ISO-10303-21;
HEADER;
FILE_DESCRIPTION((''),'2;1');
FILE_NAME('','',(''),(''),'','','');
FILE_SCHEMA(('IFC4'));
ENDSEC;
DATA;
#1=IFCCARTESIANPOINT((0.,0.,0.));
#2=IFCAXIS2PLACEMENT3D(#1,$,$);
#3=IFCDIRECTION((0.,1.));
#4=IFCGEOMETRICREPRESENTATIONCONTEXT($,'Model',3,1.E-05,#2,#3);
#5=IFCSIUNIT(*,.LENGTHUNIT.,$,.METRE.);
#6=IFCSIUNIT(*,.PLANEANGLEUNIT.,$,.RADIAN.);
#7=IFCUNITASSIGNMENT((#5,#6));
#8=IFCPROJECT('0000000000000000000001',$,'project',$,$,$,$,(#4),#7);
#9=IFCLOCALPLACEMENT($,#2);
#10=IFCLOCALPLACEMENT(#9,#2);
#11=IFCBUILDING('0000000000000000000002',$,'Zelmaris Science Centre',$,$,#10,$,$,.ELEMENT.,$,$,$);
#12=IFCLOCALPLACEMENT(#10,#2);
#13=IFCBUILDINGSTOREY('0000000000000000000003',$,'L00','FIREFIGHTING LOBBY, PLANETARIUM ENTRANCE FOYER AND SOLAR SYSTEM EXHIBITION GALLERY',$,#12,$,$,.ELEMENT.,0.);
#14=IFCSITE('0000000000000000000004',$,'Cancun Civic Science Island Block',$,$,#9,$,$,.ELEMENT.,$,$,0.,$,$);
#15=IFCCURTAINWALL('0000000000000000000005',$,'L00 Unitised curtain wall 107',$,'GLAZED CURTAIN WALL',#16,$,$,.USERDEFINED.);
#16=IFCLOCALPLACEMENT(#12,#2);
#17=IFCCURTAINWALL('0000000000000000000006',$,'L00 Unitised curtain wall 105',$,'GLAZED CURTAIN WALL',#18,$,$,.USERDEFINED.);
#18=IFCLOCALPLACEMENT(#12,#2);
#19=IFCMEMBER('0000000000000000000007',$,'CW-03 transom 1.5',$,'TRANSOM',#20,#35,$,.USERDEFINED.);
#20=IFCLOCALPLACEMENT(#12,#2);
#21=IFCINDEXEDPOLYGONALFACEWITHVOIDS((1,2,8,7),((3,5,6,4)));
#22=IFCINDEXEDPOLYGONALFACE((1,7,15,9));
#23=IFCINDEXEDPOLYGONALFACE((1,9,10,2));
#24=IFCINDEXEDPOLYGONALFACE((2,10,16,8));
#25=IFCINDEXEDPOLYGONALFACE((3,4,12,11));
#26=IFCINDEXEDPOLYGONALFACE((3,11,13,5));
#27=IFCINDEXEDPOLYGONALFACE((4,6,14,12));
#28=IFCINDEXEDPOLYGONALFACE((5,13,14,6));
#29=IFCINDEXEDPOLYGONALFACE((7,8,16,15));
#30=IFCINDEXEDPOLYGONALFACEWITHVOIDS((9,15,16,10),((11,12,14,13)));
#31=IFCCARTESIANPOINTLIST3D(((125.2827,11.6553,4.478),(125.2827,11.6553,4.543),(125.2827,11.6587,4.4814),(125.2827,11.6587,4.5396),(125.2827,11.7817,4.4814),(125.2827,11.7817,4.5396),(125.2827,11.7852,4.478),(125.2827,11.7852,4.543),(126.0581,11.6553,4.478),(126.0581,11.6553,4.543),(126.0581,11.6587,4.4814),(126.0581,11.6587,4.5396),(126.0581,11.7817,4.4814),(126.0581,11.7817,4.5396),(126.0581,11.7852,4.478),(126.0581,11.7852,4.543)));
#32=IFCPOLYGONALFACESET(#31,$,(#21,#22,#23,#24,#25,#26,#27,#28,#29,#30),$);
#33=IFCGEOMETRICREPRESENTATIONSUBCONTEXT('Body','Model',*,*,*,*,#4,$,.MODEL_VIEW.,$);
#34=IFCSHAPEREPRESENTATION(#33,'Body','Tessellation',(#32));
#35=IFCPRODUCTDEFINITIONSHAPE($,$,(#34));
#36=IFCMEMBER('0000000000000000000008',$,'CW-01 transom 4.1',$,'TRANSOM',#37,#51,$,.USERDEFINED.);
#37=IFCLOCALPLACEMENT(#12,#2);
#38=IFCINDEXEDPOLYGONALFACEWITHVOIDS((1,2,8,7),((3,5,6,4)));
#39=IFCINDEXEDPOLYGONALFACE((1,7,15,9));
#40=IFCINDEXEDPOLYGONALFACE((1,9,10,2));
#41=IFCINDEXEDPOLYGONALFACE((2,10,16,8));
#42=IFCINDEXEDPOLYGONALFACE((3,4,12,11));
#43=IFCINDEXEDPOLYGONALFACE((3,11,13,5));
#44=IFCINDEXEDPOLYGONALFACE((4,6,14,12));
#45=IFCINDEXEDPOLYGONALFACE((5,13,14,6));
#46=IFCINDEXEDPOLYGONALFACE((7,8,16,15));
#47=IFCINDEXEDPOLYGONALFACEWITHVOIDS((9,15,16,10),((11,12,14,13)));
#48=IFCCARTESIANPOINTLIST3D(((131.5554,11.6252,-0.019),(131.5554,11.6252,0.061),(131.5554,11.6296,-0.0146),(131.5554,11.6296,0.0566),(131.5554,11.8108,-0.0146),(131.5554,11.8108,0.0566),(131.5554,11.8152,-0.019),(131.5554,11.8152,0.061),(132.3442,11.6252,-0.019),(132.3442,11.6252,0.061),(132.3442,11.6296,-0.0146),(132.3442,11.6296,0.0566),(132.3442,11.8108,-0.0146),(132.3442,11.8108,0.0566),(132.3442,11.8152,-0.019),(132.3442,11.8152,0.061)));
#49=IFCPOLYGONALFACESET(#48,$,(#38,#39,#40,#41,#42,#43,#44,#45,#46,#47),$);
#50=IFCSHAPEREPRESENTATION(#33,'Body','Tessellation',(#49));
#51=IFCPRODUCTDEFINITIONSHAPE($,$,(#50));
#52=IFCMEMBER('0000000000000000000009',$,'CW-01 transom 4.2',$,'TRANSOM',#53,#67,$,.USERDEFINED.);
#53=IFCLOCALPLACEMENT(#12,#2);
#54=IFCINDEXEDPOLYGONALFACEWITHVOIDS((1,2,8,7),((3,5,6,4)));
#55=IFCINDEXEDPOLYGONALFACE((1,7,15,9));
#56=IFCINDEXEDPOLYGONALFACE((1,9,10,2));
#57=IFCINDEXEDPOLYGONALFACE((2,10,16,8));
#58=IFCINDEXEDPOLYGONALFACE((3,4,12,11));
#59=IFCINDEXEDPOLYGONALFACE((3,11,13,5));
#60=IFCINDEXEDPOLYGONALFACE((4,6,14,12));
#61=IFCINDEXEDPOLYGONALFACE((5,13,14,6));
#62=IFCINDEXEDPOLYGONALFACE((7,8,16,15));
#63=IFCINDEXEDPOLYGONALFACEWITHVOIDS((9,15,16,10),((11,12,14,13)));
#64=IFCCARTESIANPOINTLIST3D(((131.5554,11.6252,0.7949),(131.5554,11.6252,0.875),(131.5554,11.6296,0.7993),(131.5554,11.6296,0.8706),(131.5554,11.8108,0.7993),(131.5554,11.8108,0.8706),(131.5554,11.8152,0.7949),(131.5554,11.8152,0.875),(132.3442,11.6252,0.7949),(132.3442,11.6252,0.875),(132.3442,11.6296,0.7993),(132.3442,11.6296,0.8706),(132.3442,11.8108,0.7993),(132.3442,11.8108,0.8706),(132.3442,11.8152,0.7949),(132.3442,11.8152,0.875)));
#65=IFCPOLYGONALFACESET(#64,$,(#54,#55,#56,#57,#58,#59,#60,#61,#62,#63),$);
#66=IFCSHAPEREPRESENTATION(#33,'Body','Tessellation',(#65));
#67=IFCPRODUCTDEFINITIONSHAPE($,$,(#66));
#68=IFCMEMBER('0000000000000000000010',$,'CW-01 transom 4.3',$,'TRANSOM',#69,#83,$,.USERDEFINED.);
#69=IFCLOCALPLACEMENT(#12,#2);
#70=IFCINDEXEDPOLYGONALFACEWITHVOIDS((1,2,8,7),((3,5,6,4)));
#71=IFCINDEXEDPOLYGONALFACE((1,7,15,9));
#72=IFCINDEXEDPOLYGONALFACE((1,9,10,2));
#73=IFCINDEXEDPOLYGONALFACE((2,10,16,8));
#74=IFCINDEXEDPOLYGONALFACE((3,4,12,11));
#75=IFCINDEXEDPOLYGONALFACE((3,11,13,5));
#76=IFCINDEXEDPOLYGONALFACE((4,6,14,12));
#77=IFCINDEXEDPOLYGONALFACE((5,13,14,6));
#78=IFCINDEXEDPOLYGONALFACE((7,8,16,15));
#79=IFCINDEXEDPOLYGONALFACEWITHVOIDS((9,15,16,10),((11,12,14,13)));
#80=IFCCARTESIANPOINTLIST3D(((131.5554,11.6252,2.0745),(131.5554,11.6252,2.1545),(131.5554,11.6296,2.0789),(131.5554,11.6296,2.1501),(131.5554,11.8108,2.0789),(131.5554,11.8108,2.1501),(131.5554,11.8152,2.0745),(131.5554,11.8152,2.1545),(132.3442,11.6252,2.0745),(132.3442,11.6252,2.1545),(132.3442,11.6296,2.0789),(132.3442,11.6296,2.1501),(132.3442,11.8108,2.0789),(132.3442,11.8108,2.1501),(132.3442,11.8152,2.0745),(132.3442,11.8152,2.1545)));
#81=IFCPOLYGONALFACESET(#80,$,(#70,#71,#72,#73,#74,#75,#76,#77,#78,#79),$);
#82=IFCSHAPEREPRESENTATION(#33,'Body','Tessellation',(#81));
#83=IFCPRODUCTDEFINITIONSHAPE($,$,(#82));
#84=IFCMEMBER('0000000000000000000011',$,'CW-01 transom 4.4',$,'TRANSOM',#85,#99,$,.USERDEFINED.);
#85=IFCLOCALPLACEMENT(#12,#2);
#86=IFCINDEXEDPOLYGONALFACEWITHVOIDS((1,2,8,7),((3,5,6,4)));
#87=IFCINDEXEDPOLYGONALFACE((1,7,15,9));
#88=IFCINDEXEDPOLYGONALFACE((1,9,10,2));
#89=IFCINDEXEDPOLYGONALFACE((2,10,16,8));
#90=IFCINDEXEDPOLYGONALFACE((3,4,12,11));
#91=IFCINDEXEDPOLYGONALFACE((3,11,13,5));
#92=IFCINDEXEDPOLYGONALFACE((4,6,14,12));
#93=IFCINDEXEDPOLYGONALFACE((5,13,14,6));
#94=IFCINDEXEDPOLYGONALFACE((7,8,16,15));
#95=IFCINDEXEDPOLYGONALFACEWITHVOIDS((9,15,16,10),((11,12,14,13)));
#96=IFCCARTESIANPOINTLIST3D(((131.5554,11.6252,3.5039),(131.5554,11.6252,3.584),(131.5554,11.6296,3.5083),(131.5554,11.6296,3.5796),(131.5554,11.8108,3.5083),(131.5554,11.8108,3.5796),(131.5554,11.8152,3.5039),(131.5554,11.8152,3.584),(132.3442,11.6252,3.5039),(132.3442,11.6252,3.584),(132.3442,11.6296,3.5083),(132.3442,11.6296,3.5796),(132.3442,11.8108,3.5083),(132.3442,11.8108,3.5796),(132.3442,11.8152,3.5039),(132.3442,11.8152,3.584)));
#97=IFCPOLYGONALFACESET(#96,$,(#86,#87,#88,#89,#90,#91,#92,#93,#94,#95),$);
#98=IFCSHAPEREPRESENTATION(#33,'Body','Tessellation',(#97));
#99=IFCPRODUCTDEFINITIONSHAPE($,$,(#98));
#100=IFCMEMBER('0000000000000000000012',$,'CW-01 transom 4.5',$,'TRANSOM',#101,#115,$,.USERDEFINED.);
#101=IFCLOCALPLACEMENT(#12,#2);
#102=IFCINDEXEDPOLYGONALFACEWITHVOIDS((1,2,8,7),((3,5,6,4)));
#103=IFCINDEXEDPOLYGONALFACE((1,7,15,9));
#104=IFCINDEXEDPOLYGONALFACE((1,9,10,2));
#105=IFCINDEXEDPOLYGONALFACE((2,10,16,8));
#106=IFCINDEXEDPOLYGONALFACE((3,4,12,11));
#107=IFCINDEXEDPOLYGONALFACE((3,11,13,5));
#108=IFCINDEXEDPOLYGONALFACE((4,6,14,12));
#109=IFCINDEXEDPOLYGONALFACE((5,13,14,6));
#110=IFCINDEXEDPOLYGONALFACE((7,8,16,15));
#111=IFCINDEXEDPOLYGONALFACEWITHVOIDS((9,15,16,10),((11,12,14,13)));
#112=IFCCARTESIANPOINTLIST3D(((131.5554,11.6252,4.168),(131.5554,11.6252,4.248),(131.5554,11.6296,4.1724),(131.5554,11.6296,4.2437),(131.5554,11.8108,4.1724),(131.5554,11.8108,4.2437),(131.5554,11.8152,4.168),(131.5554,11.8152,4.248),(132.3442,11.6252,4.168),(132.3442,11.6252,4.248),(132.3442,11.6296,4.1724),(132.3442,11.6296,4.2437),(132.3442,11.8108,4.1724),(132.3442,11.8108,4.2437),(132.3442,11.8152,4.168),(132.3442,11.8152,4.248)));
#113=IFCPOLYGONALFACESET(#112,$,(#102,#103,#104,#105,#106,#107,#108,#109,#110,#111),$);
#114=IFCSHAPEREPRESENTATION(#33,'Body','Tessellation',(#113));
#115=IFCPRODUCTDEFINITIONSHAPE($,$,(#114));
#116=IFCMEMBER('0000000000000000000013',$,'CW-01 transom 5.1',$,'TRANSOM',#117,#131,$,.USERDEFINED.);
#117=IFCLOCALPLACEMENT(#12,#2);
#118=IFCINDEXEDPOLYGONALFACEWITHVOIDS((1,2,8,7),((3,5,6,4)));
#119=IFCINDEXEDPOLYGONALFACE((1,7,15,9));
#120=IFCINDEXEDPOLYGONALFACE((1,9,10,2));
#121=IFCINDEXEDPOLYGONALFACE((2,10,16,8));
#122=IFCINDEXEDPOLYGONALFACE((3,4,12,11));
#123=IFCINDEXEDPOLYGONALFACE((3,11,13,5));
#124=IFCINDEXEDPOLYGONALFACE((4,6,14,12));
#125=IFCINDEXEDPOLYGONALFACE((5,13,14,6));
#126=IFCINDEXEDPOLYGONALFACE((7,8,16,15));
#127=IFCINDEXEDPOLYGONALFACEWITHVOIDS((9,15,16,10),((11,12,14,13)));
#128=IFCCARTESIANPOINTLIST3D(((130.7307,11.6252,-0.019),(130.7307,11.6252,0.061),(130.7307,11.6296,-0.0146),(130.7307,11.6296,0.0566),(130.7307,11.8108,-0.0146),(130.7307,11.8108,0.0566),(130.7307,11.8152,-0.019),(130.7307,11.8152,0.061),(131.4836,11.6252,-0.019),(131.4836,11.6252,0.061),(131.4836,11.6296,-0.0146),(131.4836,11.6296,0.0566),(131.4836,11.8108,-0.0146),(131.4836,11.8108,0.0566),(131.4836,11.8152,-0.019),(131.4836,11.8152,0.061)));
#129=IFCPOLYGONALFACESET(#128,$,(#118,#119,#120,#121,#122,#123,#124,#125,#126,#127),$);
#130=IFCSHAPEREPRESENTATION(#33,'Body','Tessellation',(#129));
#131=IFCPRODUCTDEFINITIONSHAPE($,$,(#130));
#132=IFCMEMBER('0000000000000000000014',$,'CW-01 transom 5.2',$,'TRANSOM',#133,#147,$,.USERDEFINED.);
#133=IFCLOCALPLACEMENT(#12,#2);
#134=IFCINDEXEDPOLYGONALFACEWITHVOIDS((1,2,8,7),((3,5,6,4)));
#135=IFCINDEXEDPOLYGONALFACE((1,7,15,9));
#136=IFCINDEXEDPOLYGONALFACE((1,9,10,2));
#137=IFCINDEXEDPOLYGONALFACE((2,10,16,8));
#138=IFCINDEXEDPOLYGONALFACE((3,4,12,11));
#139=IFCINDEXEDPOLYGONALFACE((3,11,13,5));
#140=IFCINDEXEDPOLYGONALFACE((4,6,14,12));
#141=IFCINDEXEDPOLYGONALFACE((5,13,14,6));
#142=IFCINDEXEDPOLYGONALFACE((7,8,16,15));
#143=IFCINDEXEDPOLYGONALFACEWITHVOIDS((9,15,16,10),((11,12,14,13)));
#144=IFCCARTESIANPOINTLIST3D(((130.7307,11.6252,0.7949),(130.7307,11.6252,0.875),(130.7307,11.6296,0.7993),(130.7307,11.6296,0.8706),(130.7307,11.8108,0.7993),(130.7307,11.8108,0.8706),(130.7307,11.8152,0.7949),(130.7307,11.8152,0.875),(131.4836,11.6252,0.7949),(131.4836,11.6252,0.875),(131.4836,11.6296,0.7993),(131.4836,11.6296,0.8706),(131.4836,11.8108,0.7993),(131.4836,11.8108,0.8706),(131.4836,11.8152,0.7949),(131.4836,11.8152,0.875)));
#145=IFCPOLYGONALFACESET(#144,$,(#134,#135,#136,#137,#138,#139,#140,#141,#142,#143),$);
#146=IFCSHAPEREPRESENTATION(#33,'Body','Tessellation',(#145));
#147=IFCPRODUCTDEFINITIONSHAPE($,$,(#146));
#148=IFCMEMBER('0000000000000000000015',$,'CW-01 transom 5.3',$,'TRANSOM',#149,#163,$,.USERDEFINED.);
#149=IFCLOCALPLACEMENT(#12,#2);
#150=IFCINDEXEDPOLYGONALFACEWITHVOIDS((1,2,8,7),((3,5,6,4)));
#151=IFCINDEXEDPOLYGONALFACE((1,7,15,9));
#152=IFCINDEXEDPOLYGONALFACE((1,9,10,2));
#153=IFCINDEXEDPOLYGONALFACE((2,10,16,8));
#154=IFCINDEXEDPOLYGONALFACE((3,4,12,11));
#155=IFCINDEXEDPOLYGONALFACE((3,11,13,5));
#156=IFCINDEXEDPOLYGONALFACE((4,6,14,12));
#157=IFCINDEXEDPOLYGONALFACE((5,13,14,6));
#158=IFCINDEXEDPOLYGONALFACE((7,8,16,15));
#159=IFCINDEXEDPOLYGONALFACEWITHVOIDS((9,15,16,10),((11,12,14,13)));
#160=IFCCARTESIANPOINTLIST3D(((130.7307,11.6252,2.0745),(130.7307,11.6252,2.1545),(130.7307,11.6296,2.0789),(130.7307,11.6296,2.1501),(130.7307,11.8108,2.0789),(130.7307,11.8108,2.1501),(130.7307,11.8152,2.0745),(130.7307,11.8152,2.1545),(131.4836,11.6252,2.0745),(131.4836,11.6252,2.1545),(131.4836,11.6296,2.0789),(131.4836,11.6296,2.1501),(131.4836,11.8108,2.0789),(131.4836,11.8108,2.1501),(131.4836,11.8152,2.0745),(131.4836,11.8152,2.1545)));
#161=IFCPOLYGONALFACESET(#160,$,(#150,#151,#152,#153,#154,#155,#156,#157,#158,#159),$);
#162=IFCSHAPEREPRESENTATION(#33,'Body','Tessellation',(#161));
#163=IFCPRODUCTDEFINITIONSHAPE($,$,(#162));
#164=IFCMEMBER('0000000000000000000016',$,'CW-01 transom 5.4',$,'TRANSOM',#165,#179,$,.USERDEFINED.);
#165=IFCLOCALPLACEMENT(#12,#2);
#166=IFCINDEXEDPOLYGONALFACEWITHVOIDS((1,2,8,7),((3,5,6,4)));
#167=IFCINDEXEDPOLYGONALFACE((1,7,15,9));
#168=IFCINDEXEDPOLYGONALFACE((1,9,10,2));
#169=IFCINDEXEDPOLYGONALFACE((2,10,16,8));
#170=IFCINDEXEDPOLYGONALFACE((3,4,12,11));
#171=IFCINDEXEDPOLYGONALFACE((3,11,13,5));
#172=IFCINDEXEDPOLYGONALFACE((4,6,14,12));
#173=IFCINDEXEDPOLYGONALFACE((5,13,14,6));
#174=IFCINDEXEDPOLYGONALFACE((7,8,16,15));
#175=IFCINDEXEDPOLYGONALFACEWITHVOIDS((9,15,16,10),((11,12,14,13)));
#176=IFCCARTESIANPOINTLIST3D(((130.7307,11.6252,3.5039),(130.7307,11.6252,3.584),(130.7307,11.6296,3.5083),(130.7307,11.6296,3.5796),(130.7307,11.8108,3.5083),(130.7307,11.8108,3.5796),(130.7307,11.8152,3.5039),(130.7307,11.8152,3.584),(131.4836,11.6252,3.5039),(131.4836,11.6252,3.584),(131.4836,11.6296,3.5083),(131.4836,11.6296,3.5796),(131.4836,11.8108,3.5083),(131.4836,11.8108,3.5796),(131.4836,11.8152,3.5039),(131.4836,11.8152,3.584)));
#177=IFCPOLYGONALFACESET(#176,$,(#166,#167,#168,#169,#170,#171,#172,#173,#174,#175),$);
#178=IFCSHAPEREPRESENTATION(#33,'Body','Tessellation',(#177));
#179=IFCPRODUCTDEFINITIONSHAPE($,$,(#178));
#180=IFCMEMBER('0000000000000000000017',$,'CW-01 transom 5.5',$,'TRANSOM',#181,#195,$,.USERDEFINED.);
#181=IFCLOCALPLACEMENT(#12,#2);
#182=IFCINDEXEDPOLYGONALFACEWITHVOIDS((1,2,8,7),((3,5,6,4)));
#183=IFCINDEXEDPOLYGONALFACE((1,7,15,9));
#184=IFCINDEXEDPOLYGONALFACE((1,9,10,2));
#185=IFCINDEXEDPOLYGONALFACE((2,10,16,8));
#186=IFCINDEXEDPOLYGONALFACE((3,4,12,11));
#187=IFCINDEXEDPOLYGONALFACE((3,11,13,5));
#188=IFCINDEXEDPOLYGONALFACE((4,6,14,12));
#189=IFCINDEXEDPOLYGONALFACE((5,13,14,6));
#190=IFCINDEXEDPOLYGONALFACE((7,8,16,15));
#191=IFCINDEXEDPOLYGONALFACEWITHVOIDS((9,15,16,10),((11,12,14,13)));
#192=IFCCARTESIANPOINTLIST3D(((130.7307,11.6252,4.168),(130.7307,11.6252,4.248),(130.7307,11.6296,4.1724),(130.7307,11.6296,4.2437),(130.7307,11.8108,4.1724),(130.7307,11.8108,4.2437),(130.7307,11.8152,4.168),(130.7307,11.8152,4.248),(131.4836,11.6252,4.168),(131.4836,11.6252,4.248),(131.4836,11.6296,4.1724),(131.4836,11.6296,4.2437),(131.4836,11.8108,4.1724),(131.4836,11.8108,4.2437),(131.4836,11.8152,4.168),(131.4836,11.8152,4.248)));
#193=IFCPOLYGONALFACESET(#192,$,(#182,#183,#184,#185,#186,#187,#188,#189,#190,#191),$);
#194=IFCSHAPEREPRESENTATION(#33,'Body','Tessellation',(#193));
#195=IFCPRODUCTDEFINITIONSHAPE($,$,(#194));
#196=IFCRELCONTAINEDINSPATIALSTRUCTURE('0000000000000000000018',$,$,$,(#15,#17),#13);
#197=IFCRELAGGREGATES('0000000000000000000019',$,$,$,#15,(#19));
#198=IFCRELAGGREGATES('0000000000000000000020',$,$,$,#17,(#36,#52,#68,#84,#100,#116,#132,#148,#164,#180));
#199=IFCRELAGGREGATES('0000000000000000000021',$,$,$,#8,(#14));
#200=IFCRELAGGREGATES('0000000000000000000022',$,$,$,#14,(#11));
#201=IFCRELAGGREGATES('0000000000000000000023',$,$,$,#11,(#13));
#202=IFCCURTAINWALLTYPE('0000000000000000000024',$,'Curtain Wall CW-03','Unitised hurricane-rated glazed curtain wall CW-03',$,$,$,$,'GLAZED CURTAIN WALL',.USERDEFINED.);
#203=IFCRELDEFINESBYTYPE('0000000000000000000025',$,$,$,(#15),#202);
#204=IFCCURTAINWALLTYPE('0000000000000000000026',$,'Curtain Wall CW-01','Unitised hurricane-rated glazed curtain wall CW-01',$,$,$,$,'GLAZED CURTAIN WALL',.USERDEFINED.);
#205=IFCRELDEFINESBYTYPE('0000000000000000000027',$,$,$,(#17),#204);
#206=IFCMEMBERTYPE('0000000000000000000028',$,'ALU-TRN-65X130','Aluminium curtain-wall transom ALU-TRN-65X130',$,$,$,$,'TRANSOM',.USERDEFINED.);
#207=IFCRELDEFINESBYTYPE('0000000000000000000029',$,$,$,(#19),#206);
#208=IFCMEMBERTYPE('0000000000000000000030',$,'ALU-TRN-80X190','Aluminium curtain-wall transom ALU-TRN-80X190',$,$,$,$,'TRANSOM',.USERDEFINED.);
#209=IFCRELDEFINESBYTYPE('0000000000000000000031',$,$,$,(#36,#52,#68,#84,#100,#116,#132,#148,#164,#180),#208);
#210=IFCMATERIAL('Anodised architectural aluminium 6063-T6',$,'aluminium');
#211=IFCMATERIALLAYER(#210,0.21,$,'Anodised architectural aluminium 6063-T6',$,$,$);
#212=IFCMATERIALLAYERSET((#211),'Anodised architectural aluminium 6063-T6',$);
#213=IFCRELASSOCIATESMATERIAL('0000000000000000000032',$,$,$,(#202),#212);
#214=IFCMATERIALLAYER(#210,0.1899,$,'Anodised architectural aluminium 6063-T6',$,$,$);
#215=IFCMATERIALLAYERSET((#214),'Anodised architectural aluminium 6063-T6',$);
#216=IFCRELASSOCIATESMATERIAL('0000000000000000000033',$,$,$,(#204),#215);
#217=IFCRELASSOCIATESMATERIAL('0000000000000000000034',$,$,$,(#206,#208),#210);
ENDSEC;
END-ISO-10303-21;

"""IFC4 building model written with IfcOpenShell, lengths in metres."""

from ifc_helpers import new_model, si_unit, direction, frame, origin, origin_2d, place, context, subcontext, project, spatial, hollow_rectangle, extrude, material, layer, layer_set, material_profile, profile_set, type_object, element, aggregate, save


model = new_model("IFC4")

# Units and contexts
model_context = context("Model", 3, precision=1e-05, world=origin(), true_north=direction((0.0, 1.0)))
body_context = subcontext(model_context, "Body", "Model", "MODEL_VIEW")
ifc_project = project(units=[si_unit("LENGTHUNIT", "METRE"), si_unit("PLANEANGLEUNIT", "RADIAN")], contexts=[model_context])

# Site, building, storey
site_placement = place(None, origin())
site = spatial("IfcSite", under=ifc_project, at=site_placement, Name="Cancun Civic Science Island Block", CompositionType="ELEMENT", RefElevation=0.0)
building_placement = place(site_placement, origin())
building = spatial("IfcBuilding", under=site, at=building_placement, Name="Zelmaris Science Centre", CompositionType="ELEMENT")
storey_placement = place(building_placement, origin())
storey = spatial("IfcBuildingStorey", under=building, at=storey_placement, Name="L00", Description="FIREFIGHTING LOBBY, PLANETARIUM ENTRANCE FOYER AND SOLAR SYSTEM EXHIBITION GALLERY", CompositionType="ELEMENT", Elevation=0.0)

# Curtain wall
ifc_material_1 = material(Name="Anodised architectural aluminium 6063-T6", Category="aluminium")
ifc_layer_1 = layer(ifc_material_1, 0.21, Name="Anodised architectural aluminium 6063-T6")
ifc_layer_set_1 = layer_set([ifc_layer_1], Name="Anodised architectural aluminium 6063-T6")
curtain_wall_type_1 = type_object("IfcCurtainWallType", Name="Curtain Wall CW-03", Description="Unitised hurricane-rated glazed curtain wall CW-03", ElementType="GLAZED CURTAIN WALL", PredefinedType="USERDEFINED", material=ifc_layer_set_1)
curtain_wall_1_placement = place(storey_placement, origin())
curtain_wall_1 = element("IfcCurtainWall", 1, at=curtain_wall_1_placement, inside=storey, type_object=curtain_wall_type_1, Name="L00 Unitised curtain wall 107", ObjectType="GLAZED CURTAIN WALL", PredefinedType="USERDEFINED")

# Curtain wall
ifc_layer_2 = layer(ifc_material_1, 0.1899, Name="Anodised architectural aluminium 6063-T6")
ifc_layer_set_2 = layer_set([ifc_layer_2], Name="Anodised architectural aluminium 6063-T6")
curtain_wall_type_2 = type_object("IfcCurtainWallType", Name="Curtain Wall CW-01", Description="Unitised hurricane-rated glazed curtain wall CW-01", ElementType="GLAZED CURTAIN WALL", PredefinedType="USERDEFINED", material=ifc_layer_set_2)
curtain_wall_2_placement = place(storey_placement, origin())
curtain_wall_2 = element("IfcCurtainWall", 2, at=curtain_wall_2_placement, inside=storey, type_object=curtain_wall_type_2, Name="L00 Unitised curtain wall 105", ObjectType="GLAZED CURTAIN WALL", PredefinedType="USERDEFINED")

# Members
ifc_material_profile_1 = material_profile(ifc_material_1, hollow_rectangle(XDim=0.0649, YDim=0.1299, WallThickness=0.0034, at=origin_2d()), Name="ALU-TRN-65X130")
ifc_profile_set_1 = profile_set([ifc_material_profile_1], Name="Anodised architectural aluminium 6063-T6")
member_type_1 = type_object("IfcMemberType", Name="ALU-TRN-65X130", Description="Aluminium curtain-wall transom ALU-TRN-65X130", ElementType="TRANSOM", PredefinedType="USERDEFINED", material=ifc_profile_set_1)
member_1_placement = place(storey_placement, frame((126.0581, 11.7202, 4.5105), z_axis=(-1.0, 0.0, 0.0), x_axis=(0.0, 0.0, 1.0)))
member_1 = element("IfcMember", 3, at=member_1_placement, type_object=member_type_1, Name="CW-03 transom 1.5", ObjectType="TRANSOM", PredefinedType="USERDEFINED", context=body_context, shape_type="SweptSolid", body=[
    extrude(hollow_rectangle(XDim=0.0649, YDim=0.1299, WallThickness=0.0034, at=origin_2d()), origin(), (0.0, 0.0, 1.0), 0.7754),
])
aggregate(curtain_wall_1, [member_1])
ifc_material_profile_2 = material_profile(ifc_material_1, hollow_rectangle(XDim=0.0801, YDim=0.1899, WallThickness=0.0044, at=origin_2d()), Name="ALU-TRN-80X190")
ifc_profile_set_2 = profile_set([ifc_material_profile_2], Name="Anodised architectural aluminium 6063-T6")
member_type_2 = type_object("IfcMemberType", Name="ALU-TRN-80X190", Description="Aluminium curtain-wall transom ALU-TRN-80X190", ElementType="TRANSOM", PredefinedType="USERDEFINED", material=ifc_profile_set_2)
member_2_placement = place(storey_placement, frame((132.3442, 11.7202, 0.021), z_axis=(-1.0, 0.0, 0.0), x_axis=(0.0, 0.0, 1.0)))
member_2 = element("IfcMember", 4, at=member_2_placement, type_object=member_type_2, Name="CW-01 transom 4.1", ObjectType="TRANSOM", PredefinedType="USERDEFINED", context=body_context, shape_type="SweptSolid", body=[
    extrude(hollow_rectangle(XDim=0.0801, YDim=0.1899, WallThickness=0.0044, at=origin_2d()), origin(), (0.0, 0.0, 1.0), 0.7888),
])
member_3_placement = place(storey_placement, frame((132.3442, 11.7202, 0.835), z_axis=(-1.0, 0.0, 0.0), x_axis=(0.0, 0.0, 1.0)))
member_3 = element("IfcMember", 5, at=member_3_placement, type_object=member_type_2, Name="CW-01 transom 4.2", ObjectType="TRANSOM", PredefinedType="USERDEFINED", context=body_context, shape_type="SweptSolid", body=[
    extrude(hollow_rectangle(XDim=0.0801, YDim=0.1899, WallThickness=0.0044, at=origin_2d()), origin(), (0.0, 0.0, 1.0), 0.7888),
])
member_4_placement = place(storey_placement, frame((132.3442, 11.7202, 2.1145), z_axis=(-1.0, 0.0, 0.0), x_axis=(0.0, 0.0, 1.0)))
member_4 = element("IfcMember", 6, at=member_4_placement, type_object=member_type_2, Name="CW-01 transom 4.3", ObjectType="TRANSOM", PredefinedType="USERDEFINED", context=body_context, shape_type="SweptSolid", body=[
    extrude(hollow_rectangle(XDim=0.0801, YDim=0.1899, WallThickness=0.0044, at=origin_2d()), origin(), (0.0, 0.0, 1.0), 0.7888),
])
member_5_placement = place(storey_placement, frame((132.3442, 11.7202, 3.5439), z_axis=(-1.0, 0.0, 0.0), x_axis=(0.0, 0.0, 1.0)))
member_5 = element("IfcMember", 7, at=member_5_placement, type_object=member_type_2, Name="CW-01 transom 4.4", ObjectType="TRANSOM", PredefinedType="USERDEFINED", context=body_context, shape_type="SweptSolid", body=[
    extrude(hollow_rectangle(XDim=0.0801, YDim=0.1899, WallThickness=0.0044, at=origin_2d()), origin(), (0.0, 0.0, 1.0), 0.7888),
])
member_6_placement = place(storey_placement, frame((132.3442, 11.7202, 4.208), z_axis=(-1.0, 0.0, 0.0), x_axis=(0.0, 0.0, 1.0)))
member_6 = element("IfcMember", 8, at=member_6_placement, type_object=member_type_2, Name="CW-01 transom 4.5", ObjectType="TRANSOM", PredefinedType="USERDEFINED", context=body_context, shape_type="SweptSolid", body=[
    extrude(hollow_rectangle(XDim=0.0801, YDim=0.1899, WallThickness=0.0044, at=origin_2d()), origin(), (0.0, 0.0, 1.0), 0.7888),
])
member_7_placement = place(storey_placement, frame((131.4836, 11.7202, 0.021), z_axis=(-1.0, 0.0, 0.0), x_axis=(0.0, 0.0, 1.0)))
member_7 = element("IfcMember", 9, at=member_7_placement, type_object=member_type_2, Name="CW-01 transom 5.1", ObjectType="TRANSOM", PredefinedType="USERDEFINED", context=body_context, shape_type="SweptSolid", body=[
    extrude(hollow_rectangle(XDim=0.0801, YDim=0.1899, WallThickness=0.0044, at=origin_2d()), origin(), (0.0, 0.0, 1.0), 0.7529),
])
member_8_placement = place(storey_placement, frame((131.4836, 11.7202, 0.835), z_axis=(-1.0, 0.0, 0.0), x_axis=(0.0, 0.0, 1.0)))
member_8 = element("IfcMember", 10, at=member_8_placement, type_object=member_type_2, Name="CW-01 transom 5.2", ObjectType="TRANSOM", PredefinedType="USERDEFINED", context=body_context, shape_type="SweptSolid", body=[
    extrude(hollow_rectangle(XDim=0.0801, YDim=0.1899, WallThickness=0.0044, at=origin_2d()), origin(), (0.0, 0.0, 1.0), 0.7529),
])
member_9_placement = place(storey_placement, frame((131.4836, 11.7202, 2.1145), z_axis=(-1.0, 0.0, 0.0), x_axis=(0.0, 0.0, 1.0)))
member_9 = element("IfcMember", 11, at=member_9_placement, type_object=member_type_2, Name="CW-01 transom 5.3", ObjectType="TRANSOM", PredefinedType="USERDEFINED", context=body_context, shape_type="SweptSolid", body=[
    extrude(hollow_rectangle(XDim=0.0801, YDim=0.1899, WallThickness=0.0044, at=origin_2d()), origin(), (0.0, 0.0, 1.0), 0.7529),
])
member_10_placement = place(storey_placement, frame((131.4836, 11.7202, 3.5439), z_axis=(-1.0, 0.0, 0.0), x_axis=(0.0, 0.0, 1.0)))
member_10 = element("IfcMember", 12, at=member_10_placement, type_object=member_type_2, Name="CW-01 transom 5.4", ObjectType="TRANSOM", PredefinedType="USERDEFINED", context=body_context, shape_type="SweptSolid", body=[
    extrude(hollow_rectangle(XDim=0.0801, YDim=0.1899, WallThickness=0.0044, at=origin_2d()), origin(), (0.0, 0.0, 1.0), 0.7529),
])
member_11_placement = place(storey_placement, frame((131.4836, 11.7202, 4.208), z_axis=(-1.0, 0.0, 0.0), x_axis=(0.0, 0.0, 1.0)))
member_11 = element("IfcMember", 13, at=member_11_placement, type_object=member_type_2, Name="CW-01 transom 5.5", ObjectType="TRANSOM", PredefinedType="USERDEFINED", context=body_context, shape_type="SweptSolid", body=[
    extrude(hollow_rectangle(XDim=0.0801, YDim=0.1899, WallThickness=0.0044, at=origin_2d()), origin(), (0.0, 0.0, 1.0), 0.7529),
])

aggregate(curtain_wall_2, [member_2, member_3, member_4, member_5, member_6, member_7, member_8, member_9, member_10, member_11])

save(model, "model.ifc")
